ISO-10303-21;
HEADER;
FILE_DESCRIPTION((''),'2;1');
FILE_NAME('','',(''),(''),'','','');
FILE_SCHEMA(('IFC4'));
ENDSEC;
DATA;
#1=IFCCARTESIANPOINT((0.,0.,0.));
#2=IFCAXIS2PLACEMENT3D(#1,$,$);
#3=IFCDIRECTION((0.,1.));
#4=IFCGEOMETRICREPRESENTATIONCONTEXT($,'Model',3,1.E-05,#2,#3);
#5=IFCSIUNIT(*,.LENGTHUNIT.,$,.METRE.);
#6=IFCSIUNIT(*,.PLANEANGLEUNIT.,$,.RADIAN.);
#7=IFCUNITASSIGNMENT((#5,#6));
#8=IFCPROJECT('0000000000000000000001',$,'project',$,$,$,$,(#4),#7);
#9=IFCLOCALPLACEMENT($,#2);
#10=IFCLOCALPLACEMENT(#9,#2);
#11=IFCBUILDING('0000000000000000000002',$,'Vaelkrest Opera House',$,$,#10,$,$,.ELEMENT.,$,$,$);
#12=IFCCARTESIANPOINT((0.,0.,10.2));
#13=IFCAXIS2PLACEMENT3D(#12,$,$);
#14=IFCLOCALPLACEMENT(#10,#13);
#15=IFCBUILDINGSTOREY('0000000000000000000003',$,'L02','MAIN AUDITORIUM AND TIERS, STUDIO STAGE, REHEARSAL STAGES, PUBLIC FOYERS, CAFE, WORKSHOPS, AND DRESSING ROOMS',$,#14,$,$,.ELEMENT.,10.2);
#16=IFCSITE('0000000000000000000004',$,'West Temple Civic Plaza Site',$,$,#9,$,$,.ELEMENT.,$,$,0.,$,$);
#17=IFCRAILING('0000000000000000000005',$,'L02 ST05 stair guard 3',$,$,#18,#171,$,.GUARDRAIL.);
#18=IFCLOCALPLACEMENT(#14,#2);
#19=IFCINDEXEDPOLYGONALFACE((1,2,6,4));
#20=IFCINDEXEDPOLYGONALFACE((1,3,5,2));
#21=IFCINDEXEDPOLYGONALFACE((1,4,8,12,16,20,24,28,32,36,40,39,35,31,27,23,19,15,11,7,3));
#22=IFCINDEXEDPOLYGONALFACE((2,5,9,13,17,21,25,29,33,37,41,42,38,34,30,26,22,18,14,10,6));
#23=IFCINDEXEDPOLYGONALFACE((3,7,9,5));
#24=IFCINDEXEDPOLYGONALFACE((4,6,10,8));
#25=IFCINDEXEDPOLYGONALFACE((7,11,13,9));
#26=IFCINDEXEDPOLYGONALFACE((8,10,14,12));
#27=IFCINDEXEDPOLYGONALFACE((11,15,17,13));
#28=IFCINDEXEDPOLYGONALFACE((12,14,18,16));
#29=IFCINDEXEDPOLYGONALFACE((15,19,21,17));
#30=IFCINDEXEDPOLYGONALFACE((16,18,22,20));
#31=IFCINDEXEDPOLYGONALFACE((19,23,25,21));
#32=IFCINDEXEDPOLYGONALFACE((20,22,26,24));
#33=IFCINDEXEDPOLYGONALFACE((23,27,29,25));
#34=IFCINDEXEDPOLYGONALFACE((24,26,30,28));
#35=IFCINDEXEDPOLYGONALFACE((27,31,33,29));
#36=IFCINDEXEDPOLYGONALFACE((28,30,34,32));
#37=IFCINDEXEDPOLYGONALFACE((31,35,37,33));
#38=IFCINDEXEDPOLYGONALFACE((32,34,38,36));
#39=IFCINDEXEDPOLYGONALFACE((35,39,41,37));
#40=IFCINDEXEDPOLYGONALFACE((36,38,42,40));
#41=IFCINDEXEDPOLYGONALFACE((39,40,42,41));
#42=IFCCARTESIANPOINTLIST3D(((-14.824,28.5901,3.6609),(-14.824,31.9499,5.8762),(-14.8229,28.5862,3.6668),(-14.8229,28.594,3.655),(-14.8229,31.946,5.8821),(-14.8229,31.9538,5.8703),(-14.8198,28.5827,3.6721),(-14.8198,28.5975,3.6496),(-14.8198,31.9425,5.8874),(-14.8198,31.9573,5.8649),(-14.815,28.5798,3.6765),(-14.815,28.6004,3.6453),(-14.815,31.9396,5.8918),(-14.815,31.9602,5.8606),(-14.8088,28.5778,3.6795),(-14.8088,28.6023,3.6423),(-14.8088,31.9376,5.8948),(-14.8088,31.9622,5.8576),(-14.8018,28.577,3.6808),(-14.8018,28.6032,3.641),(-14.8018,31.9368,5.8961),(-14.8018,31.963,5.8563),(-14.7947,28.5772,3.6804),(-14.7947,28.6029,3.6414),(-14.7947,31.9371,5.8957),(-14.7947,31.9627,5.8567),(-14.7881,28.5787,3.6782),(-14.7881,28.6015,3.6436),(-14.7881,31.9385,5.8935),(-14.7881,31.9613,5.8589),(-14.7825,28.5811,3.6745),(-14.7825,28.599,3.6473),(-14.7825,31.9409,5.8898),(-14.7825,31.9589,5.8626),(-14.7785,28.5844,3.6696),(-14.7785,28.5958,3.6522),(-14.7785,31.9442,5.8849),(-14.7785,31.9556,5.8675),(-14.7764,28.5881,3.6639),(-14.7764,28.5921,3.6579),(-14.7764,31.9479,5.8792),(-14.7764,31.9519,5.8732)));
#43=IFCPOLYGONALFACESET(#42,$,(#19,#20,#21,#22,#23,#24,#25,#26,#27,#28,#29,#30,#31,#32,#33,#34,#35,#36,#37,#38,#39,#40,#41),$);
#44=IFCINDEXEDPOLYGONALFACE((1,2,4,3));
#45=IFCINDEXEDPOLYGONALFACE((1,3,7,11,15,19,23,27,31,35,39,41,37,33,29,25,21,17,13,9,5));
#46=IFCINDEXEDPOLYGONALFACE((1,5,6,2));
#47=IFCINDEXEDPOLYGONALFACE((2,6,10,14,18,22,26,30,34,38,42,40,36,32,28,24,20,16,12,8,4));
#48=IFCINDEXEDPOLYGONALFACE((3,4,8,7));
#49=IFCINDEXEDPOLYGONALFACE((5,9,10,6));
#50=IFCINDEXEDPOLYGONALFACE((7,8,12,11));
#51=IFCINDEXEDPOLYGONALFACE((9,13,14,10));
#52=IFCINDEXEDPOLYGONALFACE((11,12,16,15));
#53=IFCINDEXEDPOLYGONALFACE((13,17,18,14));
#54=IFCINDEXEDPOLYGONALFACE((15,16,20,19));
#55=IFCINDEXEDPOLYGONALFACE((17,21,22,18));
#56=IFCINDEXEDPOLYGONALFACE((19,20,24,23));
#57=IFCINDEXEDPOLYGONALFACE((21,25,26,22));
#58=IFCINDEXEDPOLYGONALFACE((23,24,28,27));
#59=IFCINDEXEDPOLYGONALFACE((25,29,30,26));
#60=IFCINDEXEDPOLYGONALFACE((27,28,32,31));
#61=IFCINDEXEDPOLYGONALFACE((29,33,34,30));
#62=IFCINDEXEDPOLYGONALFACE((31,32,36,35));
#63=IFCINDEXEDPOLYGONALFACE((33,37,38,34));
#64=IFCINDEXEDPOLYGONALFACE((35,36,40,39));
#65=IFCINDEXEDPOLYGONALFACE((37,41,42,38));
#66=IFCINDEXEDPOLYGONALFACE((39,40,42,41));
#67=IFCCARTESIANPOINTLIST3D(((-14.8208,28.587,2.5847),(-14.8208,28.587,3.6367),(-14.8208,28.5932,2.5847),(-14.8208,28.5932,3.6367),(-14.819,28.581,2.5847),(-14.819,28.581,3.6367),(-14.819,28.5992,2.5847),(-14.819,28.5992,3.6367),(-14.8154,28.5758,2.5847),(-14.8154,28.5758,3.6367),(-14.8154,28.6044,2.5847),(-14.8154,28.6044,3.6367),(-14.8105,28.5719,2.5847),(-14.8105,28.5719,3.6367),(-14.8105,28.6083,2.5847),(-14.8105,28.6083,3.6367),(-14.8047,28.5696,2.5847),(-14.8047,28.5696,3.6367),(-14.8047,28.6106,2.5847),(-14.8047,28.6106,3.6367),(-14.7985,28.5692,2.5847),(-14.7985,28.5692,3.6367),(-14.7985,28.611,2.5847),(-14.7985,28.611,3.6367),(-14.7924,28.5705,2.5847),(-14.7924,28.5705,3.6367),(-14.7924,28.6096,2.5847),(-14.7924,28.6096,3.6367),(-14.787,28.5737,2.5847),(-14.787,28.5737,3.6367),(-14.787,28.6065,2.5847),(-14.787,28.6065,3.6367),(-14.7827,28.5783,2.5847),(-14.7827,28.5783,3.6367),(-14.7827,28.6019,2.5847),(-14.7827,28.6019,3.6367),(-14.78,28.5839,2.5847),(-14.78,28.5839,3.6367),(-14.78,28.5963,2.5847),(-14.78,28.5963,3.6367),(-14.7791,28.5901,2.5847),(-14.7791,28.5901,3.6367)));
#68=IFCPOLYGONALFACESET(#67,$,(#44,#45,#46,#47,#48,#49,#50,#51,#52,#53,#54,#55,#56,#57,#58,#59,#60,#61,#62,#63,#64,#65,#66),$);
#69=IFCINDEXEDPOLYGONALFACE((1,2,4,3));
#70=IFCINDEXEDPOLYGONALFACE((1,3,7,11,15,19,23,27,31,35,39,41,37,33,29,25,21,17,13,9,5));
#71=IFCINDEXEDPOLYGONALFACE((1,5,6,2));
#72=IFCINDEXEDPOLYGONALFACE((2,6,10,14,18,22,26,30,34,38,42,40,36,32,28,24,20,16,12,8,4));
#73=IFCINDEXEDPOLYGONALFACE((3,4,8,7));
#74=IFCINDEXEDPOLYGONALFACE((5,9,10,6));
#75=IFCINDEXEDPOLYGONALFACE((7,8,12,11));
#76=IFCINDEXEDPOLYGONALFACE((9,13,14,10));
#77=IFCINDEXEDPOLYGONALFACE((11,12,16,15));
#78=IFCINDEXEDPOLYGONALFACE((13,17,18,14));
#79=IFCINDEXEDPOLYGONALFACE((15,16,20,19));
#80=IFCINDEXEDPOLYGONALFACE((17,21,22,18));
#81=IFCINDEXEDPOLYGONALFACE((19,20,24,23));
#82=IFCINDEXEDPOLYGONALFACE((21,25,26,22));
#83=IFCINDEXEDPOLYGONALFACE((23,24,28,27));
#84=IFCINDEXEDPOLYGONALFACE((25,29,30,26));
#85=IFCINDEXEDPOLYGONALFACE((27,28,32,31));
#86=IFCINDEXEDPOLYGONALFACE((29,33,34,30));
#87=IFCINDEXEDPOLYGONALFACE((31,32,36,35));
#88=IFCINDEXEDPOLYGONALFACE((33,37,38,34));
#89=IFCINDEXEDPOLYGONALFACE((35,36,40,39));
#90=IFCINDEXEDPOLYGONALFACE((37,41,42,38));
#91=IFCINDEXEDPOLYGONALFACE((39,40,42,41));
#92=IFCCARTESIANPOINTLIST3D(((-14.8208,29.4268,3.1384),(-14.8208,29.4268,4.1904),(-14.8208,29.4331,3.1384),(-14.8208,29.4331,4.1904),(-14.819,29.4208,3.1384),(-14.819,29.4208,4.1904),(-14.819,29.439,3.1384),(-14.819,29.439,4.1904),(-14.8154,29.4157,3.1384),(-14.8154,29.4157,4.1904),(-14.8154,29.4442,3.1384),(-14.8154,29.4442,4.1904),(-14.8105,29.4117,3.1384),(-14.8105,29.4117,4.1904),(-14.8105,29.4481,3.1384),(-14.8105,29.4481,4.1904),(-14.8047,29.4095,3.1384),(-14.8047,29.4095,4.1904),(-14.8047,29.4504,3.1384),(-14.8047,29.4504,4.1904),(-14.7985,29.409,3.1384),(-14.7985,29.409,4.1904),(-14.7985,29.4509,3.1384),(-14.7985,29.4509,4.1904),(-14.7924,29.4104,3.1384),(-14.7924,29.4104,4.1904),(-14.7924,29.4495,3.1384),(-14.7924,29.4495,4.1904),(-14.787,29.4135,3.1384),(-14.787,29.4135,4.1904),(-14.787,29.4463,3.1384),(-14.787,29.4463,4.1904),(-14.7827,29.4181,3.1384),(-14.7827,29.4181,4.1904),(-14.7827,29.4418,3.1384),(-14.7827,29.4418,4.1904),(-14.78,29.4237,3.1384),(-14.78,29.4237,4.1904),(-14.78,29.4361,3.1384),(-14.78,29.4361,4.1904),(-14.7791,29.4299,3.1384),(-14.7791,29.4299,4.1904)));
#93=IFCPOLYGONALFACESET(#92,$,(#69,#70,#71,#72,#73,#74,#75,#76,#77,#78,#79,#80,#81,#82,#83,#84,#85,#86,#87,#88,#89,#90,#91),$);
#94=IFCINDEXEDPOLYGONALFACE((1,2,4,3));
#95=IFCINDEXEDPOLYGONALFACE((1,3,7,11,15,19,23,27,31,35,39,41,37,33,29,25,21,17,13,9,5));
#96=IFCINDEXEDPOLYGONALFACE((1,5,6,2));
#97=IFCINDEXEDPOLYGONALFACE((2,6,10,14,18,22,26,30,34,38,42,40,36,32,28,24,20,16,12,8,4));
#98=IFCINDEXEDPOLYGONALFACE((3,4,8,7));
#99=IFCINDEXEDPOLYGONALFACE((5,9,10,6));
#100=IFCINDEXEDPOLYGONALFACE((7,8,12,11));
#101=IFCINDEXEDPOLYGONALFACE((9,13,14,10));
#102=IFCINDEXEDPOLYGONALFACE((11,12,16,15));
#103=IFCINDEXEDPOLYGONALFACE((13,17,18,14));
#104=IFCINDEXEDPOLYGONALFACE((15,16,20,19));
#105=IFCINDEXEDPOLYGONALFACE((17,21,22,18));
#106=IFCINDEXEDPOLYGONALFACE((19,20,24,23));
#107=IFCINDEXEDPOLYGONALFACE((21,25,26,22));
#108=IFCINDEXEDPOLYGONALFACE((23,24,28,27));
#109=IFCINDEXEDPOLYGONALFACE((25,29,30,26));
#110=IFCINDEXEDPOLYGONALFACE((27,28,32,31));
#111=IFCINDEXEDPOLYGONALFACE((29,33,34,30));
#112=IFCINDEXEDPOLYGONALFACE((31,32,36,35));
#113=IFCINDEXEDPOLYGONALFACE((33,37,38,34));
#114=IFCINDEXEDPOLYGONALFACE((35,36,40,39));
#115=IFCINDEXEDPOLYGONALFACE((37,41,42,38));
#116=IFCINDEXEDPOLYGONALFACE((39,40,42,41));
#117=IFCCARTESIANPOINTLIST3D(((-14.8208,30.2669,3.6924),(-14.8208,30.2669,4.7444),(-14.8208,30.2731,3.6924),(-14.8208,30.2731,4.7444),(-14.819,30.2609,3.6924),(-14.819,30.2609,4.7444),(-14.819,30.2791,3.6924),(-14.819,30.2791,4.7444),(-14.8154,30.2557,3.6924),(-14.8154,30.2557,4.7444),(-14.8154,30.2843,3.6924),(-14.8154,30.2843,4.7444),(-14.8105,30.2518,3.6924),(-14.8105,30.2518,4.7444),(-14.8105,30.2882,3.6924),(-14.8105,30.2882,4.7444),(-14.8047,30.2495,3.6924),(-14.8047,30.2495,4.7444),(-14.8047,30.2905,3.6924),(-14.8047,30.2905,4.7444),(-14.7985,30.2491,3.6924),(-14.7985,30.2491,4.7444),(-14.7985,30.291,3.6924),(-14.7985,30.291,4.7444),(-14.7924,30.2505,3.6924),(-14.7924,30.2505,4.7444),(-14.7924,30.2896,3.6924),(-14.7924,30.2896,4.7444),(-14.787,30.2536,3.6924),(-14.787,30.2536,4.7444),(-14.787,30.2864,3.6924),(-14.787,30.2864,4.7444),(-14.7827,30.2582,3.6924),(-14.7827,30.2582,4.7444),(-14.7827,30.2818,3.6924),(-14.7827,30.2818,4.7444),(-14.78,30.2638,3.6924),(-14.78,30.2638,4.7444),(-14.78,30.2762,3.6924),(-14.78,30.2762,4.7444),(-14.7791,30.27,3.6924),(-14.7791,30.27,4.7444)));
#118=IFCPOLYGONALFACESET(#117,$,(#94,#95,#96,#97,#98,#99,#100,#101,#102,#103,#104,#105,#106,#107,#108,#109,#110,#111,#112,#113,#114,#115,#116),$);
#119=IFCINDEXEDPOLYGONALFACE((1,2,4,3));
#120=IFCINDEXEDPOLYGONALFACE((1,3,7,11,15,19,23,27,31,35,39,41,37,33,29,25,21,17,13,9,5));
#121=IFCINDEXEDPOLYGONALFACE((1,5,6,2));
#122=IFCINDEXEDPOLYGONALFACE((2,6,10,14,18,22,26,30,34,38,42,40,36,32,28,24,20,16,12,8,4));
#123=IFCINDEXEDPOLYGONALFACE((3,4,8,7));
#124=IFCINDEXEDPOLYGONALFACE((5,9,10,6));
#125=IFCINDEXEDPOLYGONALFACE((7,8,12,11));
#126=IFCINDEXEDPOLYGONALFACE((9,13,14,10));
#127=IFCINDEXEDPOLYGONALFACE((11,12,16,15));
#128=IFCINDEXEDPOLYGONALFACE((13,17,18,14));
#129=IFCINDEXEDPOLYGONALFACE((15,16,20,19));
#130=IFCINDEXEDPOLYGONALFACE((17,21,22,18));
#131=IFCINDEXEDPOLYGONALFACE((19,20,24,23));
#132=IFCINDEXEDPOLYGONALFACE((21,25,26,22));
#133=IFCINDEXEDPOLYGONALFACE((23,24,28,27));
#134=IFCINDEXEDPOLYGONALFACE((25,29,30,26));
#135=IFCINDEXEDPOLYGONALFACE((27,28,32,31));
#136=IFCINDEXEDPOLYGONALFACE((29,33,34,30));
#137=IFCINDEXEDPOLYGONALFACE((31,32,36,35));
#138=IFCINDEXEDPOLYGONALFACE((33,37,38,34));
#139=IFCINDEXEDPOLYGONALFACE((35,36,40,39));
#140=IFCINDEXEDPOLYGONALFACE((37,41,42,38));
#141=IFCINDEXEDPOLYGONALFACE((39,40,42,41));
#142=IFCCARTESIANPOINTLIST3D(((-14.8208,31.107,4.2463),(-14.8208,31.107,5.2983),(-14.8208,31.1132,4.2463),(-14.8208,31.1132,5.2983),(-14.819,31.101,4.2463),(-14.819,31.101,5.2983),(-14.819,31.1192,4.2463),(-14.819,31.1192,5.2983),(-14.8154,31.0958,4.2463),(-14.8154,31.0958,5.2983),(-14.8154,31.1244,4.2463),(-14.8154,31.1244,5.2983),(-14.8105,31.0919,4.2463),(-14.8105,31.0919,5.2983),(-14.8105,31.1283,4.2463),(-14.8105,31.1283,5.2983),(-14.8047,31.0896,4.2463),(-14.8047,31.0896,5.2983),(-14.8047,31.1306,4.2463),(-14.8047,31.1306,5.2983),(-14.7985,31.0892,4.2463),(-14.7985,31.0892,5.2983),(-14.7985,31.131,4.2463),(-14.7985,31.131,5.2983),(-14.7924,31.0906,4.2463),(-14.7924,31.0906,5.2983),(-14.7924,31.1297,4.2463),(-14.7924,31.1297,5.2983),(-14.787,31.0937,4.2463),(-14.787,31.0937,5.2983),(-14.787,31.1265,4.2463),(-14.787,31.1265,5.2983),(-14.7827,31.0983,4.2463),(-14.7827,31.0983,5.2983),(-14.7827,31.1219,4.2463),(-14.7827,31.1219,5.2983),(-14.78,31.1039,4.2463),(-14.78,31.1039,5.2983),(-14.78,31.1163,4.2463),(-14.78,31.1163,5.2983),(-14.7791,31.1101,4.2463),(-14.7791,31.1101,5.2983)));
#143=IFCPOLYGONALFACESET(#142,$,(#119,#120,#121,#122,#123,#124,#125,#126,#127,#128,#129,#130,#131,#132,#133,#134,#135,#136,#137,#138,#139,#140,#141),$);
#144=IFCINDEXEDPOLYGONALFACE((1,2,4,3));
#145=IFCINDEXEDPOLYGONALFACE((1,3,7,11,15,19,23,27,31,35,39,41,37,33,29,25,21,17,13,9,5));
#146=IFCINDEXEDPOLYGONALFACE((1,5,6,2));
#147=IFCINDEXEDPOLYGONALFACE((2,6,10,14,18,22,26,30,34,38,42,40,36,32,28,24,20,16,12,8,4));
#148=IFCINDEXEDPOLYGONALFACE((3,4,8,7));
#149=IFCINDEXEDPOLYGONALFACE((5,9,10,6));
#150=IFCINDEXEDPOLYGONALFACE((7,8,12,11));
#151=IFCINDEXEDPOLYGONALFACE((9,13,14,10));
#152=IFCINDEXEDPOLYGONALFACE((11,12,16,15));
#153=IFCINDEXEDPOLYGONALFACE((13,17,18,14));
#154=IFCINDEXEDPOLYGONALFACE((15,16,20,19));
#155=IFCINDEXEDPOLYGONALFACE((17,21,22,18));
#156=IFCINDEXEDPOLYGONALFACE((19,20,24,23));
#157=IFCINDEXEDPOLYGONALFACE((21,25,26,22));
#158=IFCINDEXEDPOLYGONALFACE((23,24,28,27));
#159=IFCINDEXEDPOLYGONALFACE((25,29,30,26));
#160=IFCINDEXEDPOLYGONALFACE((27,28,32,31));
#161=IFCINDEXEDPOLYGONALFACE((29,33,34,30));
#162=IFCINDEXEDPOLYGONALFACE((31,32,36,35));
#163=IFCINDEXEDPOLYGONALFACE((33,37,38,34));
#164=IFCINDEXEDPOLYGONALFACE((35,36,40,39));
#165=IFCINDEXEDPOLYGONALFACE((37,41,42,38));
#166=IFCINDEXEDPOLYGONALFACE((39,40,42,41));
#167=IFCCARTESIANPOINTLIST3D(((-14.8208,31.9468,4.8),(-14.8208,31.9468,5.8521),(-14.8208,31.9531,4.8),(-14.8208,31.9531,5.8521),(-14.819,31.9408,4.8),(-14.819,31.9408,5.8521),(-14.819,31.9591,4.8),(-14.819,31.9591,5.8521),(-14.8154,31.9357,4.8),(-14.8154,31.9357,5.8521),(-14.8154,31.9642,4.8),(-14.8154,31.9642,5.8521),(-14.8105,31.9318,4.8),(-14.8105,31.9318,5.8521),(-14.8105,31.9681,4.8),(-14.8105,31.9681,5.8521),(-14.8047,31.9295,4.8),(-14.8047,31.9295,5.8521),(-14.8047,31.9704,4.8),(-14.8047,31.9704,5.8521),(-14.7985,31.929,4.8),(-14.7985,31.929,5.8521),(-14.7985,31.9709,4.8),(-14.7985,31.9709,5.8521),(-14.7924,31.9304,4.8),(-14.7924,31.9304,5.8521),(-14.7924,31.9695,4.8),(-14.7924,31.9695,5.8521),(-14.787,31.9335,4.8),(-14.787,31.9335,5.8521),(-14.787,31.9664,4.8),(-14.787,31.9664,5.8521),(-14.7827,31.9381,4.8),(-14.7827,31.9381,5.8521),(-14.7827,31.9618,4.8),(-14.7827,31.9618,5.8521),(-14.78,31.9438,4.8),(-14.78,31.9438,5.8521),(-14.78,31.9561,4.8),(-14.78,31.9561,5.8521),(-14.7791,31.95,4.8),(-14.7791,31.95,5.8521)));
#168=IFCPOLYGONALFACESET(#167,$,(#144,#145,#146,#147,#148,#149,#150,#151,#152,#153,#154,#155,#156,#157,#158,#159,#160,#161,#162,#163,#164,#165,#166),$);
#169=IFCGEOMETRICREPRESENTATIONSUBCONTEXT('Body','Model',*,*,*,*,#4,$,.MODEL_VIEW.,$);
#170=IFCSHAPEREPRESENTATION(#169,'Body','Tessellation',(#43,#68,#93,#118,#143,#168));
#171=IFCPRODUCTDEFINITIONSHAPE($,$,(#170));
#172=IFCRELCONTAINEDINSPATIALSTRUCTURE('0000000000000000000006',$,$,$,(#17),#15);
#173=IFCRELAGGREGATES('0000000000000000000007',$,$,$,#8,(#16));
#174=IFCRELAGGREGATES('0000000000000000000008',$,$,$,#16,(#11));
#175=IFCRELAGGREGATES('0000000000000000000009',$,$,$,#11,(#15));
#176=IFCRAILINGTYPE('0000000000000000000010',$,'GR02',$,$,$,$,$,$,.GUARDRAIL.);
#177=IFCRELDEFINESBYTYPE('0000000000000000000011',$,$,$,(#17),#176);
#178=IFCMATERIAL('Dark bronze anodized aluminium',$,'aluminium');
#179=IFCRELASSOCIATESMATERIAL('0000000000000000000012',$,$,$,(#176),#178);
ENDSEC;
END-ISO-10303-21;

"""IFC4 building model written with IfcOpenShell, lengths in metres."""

from ifc_helpers import new_model, si_unit, direction, frame, origin, origin_2d, place, context, subcontext, project, spatial, circle, extrude, material, type_object, element, save


model = new_model("IFC4")

# Units and contexts
model_context = context("Model", 3, precision=1e-05, world=origin(), true_north=direction((0.0, 1.0)))
body_context = subcontext(model_context, "Body", "Model", "MODEL_VIEW")
ifc_project = project(units=[si_unit("LENGTHUNIT", "METRE"), si_unit("PLANEANGLEUNIT", "RADIAN")], contexts=[model_context])

# Site, building, storey
site_placement = place(None, origin())
site = spatial("IfcSite", under=ifc_project, at=site_placement, Name="West Temple Civic Plaza Site", CompositionType="ELEMENT", RefElevation=0.0)
building_placement = place(site_placement, origin())
building = spatial("IfcBuilding", under=site, at=building_placement, Name="Vaelkrest Opera House", CompositionType="ELEMENT")
storey_placement = place(building_placement, frame((0.0, 0.0, 10.2)))
storey = spatial("IfcBuildingStorey", under=building, at=storey_placement, Name="L02", Description="MAIN AUDITORIUM AND TIERS, STUDIO STAGE, REHEARSAL STAGES, PUBLIC FOYERS, CAFE, WORKSHOPS, AND DRESSING ROOMS", CompositionType="ELEMENT", Elevation=10.2)

# Shared definitions
ifc_material_1 = material(Name="Dark bronze anodized aluminium", Category="aluminium")

# Railing
railing_type_1 = type_object("IfcRailingType", Name="GR02", PredefinedType="GUARDRAIL", material=ifc_material_1)
railing_1_placement = place(storey_placement, frame((-14.8, 28.5901, 2.5847)))
element("IfcRailing", 1, at=railing_1_placement, inside=storey, type_object=railing_type_1, Name="L02 ST05 stair guard 3", PredefinedType="GUARDRAIL", context=body_context, shape_type="SweptSolid", body=[
    extrude(circle(Radius=0.0239, at=origin_2d()), frame((0.0, 0.0, 1.0762), z_axis=(0.0, 0.834858, 0.550465), x_axis=(-1.0, 0.0, 0.0)), (0.0, 0.0, 1.0), 4.0244),
    extrude(circle(Radius=0.021, at=origin_2d()), origin(), (0.0, 0.0, 1.0), 1.052),
    extrude(circle(Radius=0.021, at=origin_2d()), frame((0.0, 0.8398, 0.5537)), (0.0, 0.0, 1.0), 1.052),
    extrude(circle(Radius=0.021, at=origin_2d()), frame((0.0, 1.6799, 1.1077)), (0.0, 0.0, 1.0), 1.052),
    extrude(circle(Radius=0.021, at=origin_2d()), frame((0.0, 2.52, 1.6616)), (0.0, 0.0, 1.0), 1.052),
    extrude(circle(Radius=0.021, at=origin_2d()), frame((0.0, 3.3599, 2.2153)), (0.0, 0.0, 1.0), 1.052),
])

save(model, "model.ifc")
